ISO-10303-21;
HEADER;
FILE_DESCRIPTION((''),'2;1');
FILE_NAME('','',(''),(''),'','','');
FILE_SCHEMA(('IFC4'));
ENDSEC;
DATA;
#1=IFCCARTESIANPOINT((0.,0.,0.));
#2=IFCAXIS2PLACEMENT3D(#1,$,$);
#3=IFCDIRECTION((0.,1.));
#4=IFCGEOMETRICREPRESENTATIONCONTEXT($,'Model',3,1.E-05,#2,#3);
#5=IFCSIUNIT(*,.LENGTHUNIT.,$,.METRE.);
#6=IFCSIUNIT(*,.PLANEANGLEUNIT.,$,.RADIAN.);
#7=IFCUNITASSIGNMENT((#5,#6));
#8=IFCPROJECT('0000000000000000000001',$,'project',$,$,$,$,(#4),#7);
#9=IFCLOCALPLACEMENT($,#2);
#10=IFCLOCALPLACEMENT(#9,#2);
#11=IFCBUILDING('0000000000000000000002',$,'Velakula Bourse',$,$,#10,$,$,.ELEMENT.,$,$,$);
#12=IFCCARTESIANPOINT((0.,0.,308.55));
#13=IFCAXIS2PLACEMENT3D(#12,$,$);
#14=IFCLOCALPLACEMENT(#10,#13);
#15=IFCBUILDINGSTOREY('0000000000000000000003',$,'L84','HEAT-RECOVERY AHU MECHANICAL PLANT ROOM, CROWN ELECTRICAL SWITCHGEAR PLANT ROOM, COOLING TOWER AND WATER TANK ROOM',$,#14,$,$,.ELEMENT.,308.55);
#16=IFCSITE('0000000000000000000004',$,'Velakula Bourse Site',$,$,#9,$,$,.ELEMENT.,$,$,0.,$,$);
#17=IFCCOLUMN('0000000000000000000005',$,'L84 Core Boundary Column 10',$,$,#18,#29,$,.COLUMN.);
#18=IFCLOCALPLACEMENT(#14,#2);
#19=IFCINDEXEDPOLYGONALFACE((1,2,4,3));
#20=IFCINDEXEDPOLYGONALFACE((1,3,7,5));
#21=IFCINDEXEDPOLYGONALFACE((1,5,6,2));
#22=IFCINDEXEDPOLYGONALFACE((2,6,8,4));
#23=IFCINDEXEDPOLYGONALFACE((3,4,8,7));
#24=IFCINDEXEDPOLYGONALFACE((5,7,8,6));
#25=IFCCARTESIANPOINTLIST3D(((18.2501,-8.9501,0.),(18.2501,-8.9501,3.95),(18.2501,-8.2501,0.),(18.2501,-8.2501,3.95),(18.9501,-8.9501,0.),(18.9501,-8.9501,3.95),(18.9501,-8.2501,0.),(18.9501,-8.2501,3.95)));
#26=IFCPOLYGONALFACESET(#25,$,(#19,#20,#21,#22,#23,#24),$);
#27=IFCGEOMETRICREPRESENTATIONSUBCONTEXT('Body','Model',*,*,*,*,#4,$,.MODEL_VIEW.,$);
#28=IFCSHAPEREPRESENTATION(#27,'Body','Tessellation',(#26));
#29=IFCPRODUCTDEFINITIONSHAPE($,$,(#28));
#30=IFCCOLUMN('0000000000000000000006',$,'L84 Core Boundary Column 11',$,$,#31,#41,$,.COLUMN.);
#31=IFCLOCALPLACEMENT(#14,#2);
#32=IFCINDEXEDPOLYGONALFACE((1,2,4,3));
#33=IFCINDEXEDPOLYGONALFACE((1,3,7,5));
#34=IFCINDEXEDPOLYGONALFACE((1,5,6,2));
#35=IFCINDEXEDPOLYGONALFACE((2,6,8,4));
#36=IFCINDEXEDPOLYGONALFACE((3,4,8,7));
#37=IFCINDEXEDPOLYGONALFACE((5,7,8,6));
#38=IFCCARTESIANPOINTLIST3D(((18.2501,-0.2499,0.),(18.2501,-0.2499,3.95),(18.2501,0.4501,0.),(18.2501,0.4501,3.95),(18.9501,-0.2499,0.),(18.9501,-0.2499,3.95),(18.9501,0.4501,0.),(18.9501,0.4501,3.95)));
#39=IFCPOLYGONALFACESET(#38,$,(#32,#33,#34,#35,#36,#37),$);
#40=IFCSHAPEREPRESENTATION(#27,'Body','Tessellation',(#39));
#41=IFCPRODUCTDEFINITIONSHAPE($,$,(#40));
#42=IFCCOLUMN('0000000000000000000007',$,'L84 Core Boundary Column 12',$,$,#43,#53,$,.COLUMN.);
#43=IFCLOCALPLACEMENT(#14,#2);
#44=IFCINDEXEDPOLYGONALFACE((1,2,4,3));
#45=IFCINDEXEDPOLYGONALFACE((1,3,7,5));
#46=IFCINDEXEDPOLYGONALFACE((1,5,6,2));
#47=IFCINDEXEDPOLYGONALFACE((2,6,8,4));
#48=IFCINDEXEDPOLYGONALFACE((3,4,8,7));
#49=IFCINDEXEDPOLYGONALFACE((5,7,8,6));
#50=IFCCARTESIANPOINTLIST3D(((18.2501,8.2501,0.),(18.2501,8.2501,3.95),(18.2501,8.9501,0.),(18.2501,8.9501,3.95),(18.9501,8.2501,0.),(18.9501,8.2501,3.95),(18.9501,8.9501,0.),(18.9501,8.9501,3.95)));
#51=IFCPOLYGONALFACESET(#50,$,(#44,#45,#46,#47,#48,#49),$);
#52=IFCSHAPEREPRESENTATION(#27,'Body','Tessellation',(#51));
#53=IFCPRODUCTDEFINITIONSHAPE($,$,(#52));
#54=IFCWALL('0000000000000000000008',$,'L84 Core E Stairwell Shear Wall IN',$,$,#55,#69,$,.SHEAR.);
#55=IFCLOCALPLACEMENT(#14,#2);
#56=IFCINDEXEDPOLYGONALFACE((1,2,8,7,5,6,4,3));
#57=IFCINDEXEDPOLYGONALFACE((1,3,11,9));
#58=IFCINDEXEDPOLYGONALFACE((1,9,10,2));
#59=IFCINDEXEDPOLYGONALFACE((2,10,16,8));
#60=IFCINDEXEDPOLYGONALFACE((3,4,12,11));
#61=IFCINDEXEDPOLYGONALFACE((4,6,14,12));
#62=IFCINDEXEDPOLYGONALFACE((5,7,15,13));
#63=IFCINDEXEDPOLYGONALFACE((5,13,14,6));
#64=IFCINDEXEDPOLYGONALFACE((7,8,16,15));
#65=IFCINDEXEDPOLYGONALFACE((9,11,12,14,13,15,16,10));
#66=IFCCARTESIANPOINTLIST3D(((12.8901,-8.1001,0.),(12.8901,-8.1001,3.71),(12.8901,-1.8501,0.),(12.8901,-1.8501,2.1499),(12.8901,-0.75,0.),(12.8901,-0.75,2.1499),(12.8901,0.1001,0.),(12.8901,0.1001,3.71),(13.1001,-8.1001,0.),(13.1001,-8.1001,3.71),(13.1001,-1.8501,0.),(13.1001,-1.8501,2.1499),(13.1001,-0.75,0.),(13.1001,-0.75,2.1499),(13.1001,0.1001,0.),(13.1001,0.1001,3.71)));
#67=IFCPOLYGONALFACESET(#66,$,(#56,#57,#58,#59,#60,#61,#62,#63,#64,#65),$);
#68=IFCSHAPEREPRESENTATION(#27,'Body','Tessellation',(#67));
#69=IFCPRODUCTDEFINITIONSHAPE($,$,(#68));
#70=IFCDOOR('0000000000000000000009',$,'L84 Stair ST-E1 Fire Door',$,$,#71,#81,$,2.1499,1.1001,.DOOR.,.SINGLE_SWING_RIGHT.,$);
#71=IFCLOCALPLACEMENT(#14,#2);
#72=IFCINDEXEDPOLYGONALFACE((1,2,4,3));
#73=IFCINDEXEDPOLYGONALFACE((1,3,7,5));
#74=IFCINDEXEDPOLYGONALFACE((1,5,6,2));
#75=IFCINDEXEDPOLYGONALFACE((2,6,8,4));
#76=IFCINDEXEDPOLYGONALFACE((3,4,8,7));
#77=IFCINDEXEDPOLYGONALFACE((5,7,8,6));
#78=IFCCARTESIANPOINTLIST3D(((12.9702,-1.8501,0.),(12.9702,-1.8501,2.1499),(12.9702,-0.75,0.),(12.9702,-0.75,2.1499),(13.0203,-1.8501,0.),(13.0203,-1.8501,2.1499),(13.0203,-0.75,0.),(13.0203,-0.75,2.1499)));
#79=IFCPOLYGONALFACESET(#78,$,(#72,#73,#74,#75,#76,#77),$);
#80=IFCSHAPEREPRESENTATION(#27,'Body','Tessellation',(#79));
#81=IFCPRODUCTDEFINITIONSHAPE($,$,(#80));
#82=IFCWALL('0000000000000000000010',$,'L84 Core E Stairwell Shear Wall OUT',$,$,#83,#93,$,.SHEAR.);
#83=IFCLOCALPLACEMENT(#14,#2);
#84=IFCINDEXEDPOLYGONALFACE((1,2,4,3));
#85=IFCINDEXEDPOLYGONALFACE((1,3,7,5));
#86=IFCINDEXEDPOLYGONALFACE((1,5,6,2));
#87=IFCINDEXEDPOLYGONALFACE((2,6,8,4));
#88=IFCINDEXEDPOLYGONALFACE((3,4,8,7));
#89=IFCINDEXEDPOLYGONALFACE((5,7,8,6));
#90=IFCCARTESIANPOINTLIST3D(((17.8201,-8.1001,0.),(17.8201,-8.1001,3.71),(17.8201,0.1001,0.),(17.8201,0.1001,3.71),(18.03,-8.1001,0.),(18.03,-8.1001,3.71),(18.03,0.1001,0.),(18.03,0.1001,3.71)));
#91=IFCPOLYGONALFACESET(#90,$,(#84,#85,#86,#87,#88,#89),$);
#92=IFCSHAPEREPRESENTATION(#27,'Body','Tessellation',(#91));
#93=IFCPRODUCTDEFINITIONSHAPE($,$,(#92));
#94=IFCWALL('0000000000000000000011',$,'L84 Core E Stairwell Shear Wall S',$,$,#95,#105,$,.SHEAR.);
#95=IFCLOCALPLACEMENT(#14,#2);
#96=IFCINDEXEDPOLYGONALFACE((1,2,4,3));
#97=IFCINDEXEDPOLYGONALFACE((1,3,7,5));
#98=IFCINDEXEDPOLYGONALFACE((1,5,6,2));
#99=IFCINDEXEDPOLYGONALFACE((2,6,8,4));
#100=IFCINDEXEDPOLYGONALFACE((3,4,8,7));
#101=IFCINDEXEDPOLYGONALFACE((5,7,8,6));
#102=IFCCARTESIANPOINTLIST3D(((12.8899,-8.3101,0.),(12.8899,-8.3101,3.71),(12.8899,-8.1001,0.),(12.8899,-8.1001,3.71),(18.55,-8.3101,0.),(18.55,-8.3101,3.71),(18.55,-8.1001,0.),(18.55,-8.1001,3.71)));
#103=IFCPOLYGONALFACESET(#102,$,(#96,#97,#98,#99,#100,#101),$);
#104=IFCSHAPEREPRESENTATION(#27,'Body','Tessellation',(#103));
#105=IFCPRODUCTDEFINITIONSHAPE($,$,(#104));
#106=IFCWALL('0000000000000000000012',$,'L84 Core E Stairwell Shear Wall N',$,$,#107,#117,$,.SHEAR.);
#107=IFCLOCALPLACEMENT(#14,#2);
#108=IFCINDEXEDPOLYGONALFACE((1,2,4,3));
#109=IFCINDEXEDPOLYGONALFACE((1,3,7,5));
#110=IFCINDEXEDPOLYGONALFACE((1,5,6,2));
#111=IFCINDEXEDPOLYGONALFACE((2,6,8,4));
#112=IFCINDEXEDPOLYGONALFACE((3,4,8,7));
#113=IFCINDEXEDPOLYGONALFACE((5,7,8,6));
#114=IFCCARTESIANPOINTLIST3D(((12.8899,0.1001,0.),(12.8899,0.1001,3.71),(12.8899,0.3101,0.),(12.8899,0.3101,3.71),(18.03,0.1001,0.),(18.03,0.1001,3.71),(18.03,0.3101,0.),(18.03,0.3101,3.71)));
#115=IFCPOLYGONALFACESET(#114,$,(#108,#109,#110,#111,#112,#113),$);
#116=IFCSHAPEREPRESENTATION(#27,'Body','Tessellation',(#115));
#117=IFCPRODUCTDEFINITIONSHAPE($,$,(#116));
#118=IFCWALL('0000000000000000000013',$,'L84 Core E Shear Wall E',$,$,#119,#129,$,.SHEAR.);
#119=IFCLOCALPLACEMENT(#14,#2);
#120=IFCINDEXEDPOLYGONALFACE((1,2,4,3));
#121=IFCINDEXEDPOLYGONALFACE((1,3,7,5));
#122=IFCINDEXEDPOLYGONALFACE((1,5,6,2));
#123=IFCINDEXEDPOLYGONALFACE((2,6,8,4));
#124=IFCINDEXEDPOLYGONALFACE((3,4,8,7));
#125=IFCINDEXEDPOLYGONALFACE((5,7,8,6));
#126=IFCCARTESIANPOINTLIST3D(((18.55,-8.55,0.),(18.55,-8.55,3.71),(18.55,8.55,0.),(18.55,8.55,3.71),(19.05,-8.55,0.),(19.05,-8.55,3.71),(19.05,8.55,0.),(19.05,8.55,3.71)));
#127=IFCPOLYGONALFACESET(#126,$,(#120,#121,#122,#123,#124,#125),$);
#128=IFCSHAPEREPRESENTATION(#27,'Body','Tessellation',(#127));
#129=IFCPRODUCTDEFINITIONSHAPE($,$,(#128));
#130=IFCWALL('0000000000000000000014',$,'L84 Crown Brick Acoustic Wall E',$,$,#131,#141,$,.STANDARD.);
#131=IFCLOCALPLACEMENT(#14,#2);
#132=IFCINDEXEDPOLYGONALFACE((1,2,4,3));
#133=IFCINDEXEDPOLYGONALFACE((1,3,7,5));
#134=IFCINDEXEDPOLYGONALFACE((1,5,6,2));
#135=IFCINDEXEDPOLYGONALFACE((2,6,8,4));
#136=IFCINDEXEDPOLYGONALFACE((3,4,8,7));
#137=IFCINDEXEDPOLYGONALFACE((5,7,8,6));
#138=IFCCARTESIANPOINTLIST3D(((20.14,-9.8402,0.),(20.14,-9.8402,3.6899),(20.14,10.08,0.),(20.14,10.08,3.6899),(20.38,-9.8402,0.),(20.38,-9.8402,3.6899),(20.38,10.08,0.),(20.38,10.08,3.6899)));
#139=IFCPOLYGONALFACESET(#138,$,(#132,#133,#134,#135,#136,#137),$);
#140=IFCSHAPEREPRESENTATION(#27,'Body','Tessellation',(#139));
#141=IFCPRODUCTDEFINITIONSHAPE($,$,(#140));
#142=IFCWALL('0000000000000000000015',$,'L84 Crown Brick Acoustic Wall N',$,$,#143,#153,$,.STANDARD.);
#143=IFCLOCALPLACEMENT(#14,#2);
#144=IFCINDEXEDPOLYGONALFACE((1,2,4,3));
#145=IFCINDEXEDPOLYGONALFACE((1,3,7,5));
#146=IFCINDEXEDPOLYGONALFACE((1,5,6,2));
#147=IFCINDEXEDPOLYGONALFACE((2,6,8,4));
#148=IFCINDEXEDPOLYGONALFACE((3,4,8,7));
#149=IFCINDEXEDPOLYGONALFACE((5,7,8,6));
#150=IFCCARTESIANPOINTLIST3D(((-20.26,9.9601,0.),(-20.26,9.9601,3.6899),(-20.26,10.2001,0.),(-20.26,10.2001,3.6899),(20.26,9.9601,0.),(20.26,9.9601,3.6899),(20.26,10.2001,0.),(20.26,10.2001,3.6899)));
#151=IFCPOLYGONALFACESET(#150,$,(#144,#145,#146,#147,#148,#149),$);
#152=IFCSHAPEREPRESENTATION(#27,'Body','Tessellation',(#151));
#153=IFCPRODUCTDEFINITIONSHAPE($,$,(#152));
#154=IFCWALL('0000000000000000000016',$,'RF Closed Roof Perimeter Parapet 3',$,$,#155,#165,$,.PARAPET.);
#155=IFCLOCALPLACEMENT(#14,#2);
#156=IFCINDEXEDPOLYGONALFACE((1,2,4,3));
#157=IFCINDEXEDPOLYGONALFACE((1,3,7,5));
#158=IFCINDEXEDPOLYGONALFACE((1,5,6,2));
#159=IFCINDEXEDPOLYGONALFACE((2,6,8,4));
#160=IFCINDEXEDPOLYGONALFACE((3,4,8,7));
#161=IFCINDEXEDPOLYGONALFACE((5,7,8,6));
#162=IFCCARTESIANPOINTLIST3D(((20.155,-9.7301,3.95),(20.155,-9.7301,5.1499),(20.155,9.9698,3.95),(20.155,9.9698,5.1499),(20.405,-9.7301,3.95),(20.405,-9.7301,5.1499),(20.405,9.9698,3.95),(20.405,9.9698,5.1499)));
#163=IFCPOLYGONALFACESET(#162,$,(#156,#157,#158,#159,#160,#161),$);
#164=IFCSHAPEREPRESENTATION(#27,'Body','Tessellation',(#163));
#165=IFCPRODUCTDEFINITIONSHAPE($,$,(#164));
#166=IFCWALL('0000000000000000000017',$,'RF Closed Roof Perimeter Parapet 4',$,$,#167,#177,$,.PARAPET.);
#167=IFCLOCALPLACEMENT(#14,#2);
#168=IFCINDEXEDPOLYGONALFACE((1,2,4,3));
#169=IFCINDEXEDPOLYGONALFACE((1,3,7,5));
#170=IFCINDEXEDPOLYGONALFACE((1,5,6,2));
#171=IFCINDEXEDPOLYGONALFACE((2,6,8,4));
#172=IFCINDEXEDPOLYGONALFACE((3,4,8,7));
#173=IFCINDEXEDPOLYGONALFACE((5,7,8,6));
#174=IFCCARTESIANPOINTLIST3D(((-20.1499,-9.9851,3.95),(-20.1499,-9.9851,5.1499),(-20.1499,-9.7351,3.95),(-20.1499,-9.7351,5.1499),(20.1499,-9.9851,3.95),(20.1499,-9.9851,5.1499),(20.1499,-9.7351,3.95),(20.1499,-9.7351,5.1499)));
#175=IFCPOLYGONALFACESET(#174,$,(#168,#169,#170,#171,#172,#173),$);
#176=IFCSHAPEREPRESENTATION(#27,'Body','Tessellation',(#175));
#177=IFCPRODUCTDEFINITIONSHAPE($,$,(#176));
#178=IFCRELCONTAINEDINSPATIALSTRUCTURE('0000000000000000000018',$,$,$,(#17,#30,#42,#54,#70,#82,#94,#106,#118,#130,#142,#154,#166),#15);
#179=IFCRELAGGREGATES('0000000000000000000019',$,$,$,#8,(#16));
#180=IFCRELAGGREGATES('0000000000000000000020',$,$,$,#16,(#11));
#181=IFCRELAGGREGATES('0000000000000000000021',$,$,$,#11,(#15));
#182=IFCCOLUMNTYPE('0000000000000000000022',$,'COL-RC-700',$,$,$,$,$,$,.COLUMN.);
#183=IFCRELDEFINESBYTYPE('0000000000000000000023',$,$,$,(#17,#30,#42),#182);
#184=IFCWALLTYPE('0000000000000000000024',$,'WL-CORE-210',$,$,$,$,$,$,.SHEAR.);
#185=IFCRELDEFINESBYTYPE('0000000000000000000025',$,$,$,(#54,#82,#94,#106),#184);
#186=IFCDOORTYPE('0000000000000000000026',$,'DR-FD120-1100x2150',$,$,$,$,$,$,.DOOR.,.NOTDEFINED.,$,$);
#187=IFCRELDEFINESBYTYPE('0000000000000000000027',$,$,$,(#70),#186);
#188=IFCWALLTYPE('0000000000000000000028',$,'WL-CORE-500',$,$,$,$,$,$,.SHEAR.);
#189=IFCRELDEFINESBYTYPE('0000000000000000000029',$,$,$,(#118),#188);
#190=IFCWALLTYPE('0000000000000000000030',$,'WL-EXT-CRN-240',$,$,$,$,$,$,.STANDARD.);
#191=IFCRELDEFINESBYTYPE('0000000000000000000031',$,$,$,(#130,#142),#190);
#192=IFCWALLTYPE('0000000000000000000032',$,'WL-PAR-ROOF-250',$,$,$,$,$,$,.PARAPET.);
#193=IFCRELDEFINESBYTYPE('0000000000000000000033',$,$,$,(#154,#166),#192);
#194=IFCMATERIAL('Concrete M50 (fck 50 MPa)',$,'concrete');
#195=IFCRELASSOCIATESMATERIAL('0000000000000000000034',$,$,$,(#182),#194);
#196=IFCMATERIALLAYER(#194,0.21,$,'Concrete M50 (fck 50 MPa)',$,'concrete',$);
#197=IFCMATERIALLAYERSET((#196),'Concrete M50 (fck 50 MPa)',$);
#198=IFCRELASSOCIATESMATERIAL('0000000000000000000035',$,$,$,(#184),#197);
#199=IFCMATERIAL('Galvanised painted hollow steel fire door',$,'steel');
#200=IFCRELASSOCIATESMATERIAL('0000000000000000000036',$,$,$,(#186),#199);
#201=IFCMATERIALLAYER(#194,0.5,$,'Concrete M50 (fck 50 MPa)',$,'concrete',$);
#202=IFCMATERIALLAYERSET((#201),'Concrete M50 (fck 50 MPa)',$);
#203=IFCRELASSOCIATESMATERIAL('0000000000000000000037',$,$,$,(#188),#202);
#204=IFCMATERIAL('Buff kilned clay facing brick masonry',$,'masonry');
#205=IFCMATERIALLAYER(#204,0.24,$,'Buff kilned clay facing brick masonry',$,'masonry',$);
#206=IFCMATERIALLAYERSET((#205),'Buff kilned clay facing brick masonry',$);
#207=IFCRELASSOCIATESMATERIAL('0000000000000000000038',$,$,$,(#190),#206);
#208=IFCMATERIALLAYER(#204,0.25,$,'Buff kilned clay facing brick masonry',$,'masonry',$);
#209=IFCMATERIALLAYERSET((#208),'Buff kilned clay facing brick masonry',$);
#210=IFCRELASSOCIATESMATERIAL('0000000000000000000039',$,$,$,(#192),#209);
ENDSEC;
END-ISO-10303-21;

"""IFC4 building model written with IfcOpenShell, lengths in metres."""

from ifc_helpers import new_model, si_unit, direction, frame, frame_2d, origin, origin_2d, place, context, subcontext, project, spatial, rectangle, extrude, material, layer, layer_set, material_profile, profile_set, type_object, element, fill, save


model = new_model("IFC4")

# Units and contexts
model_context = context("Model", 3, precision=1e-05, world=origin(), true_north=direction((0.0, 1.0)))
body_context = subcontext(model_context, "Body", "Model", "MODEL_VIEW")
ifc_project = project(units=[si_unit("LENGTHUNIT", "METRE"), si_unit("PLANEANGLEUNIT", "RADIAN")], contexts=[model_context])

# Site, building, storey
site_placement = place(None, origin())
site = spatial("IfcSite", under=ifc_project, at=site_placement, Name="Velakula Bourse Site", CompositionType="ELEMENT", RefElevation=0.0)
building_placement = place(site_placement, origin())
building = spatial("IfcBuilding", under=site, at=building_placement, Name="Velakula Bourse", CompositionType="ELEMENT")
storey_placement = place(building_placement, frame((0.0, 0.0, 308.55)))
storey = spatial("IfcBuildingStorey", under=building, at=storey_placement, Name="L84", Description="HEAT-RECOVERY AHU MECHANICAL PLANT ROOM, CROWN ELECTRICAL SWITCHGEAR PLANT ROOM, COOLING TOWER AND WATER TANK ROOM", CompositionType="ELEMENT", Elevation=308.55)

# Columns
ifc_material_1 = material(Name="Concrete M50 (fck 50 MPa)", Category="concrete")
ifc_material_profile = material_profile(ifc_material_1, rectangle(XDim=0.7, YDim=0.7, at=origin_2d()), Name="Concrete M50 (fck 50 MPa)")
ifc_profile_set = profile_set([ifc_material_profile], Name="Concrete M50 (fck 50 MPa)")
column_type = type_object("IfcColumnType", Name="COL-RC-700", PredefinedType="COLUMN", material=ifc_profile_set)
for number, where, z_axis, x_axis, name in (
    (1, (18.6001, -8.6001, 0.0), (0.0, 0.0, 1.0), (1.0, 0.0, 0.0), "L84 Core Boundary Column 10"),
    (2, (18.6001, 0.1001, 0.0), (0.0, 0.0, 1.0), (1.0, 0.0, 0.0), "L84 Core Boundary Column 11"),
    (3, (18.6001, 8.6001, 0.0), (0.0, 0.0, 1.0), (1.0, 0.0, 0.0), "L84 Core Boundary Column 12"),
):
    element("IfcColumn", number, at=place(storey_placement, frame(where, z_axis=z_axis, x_axis=x_axis)), inside=storey, type_object=column_type, Name=name, PredefinedType="COLUMN", context=body_context, shape_type="SweptSolid", body=[
        extrude(rectangle(XDim=0.7, YDim=0.7, at=origin_2d()), origin(), (0.0, 0.0, 1.0), 3.95),
    ])

# Wall, opening, door
ifc_layer_1 = layer(ifc_material_1, 0.21, Name="Concrete M50 (fck 50 MPa)", Category="concrete")
ifc_layer_set_1 = layer_set([ifc_layer_1], Name="Concrete M50 (fck 50 MPa)")
wall_type_1 = type_object("IfcWallType", Name="WL-CORE-210", PredefinedType="SHEAR", material=ifc_layer_set_1)
wall_1_placement = place(storey_placement, frame((12.9951, -8.1001, 0.0), z_axis=(0.0, 0.0, 1.0), x_axis=(0.0, 1.0, 0.0)))
wall_1 = element("IfcWall", 4, at=wall_1_placement, inside=storey, type_object=wall_type_1, Name="L84 Core E Stairwell Shear Wall IN", PredefinedType="SHEAR", context=body_context, shape_type="SweptSolid", body=[
    extrude(rectangle(XDim=8.2002, YDim=0.21, at=frame_2d((4.1001, 0.0))), origin(), (0.0, 0.0, 1.0), 3.71),
])
opening_1_placement = place(wall_1_placement, frame((6.25, 0.0, 0.0)))
opening_1 = element("IfcOpeningElement", 5, at=opening_1_placement, cuts=wall_1, PredefinedType="OPENING", context=body_context, shape_type="SweptSolid", body=[
    extrude(rectangle(XDim=1.1001, YDim=2.1499, at=frame_2d((0.55, 1.075))), frame((0.0, 0.115, 0.0), z_axis=(0.0, -1.0, 0.0), x_axis=(1.0, 0.0, 0.0)), (0.0, 0.0, 1.0), 0.23),
])
ifc_material_2 = material(Name="Galvanised painted hollow steel fire door", Category="steel")
door_type_1 = type_object("IfcDoorType", Name="DR-FD120-1100x2150", OperationType="NOTDEFINED", PredefinedType="DOOR", material=ifc_material_2)
door_1_placement = place(opening_1_placement, origin())
door_1 = element("IfcDoor", 6, at=door_1_placement, inside=storey, type_object=door_type_1, Name="L84 Stair ST-E1 Fire Door", OperationType="SINGLE_SWING_RIGHT", OverallHeight=2.1499, OverallWidth=1.1001, PredefinedType="DOOR", context=body_context, shape_type="SweptSolid", body=[
    extrude(rectangle(XDim=1.1001, YDim=2.1499, at=frame_2d((0.55, 1.075))), frame((0.0, 0.0249, 0.0), z_axis=(0.0, -1.0, 0.0), x_axis=(1.0, 0.0, 0.0)), (0.0, 0.0, 1.0), 0.05),
])
fill(opening_1, door_1)

# Walls
wall_2_placement = place(storey_placement, frame((17.925, -8.1001, 0.0), z_axis=(0.0, 0.0, 1.0), x_axis=(0.0, 1.0, 0.0)))
element("IfcWall", 7, at=wall_2_placement, inside=storey, type_object=wall_type_1, Name="L84 Core E Stairwell Shear Wall OUT", PredefinedType="SHEAR", context=body_context, shape_type="SweptSolid", body=[
    extrude(rectangle(XDim=8.2002, YDim=0.21, at=frame_2d((4.1001, 0.0))), origin(), (0.0, 0.0, 1.0), 3.71),
])
wall_3_placement = place(storey_placement, frame((12.8899, -8.2051, 0.0), z_axis=(0.0, 0.0, 1.0), x_axis=(1.0, 0.0, 0.0)))
element("IfcWall", 8, at=wall_3_placement, inside=storey, type_object=wall_type_1, Name="L84 Core E Stairwell Shear Wall S", PredefinedType="SHEAR", context=body_context, shape_type="SweptSolid", body=[
    extrude(rectangle(XDim=5.6602, YDim=0.21, at=frame_2d((2.8301, 0.0))), origin(), (0.0, 0.0, 1.0), 3.71),
])
wall_4_placement = place(storey_placement, frame((18.03, 0.2051, 0.0), z_axis=(0.0, 0.0, 1.0), x_axis=(-1.0, 0.0, 0.0)))
element("IfcWall", 9, at=wall_4_placement, inside=storey, type_object=wall_type_1, Name="L84 Core E Stairwell Shear Wall N", PredefinedType="SHEAR", context=body_context, shape_type="SweptSolid", body=[
    extrude(rectangle(XDim=5.1401, YDim=0.21, at=frame_2d((2.5701, 0.0))), origin(), (0.0, 0.0, 1.0), 3.71),
])
ifc_layer_2 = layer(ifc_material_1, 0.5, Name="Concrete M50 (fck 50 MPa)", Category="concrete")
ifc_layer_set_2 = layer_set([ifc_layer_2], Name="Concrete M50 (fck 50 MPa)")
wall_type_2 = type_object("IfcWallType", Name="WL-CORE-500", PredefinedType="SHEAR", material=ifc_layer_set_2)
wall_5_placement = place(storey_placement, frame((18.8, -8.55, 0.0), z_axis=(0.0, 0.0, 1.0), x_axis=(0.0, 1.0, 0.0)))
element("IfcWall", 10, at=wall_5_placement, inside=storey, type_object=wall_type_2, Name="L84 Core E Shear Wall E", PredefinedType="SHEAR", context=body_context, shape_type="SweptSolid", body=[
    extrude(rectangle(XDim=17.1001, YDim=0.5, at=frame_2d((8.55, 0.0))), origin(), (0.0, 0.0, 1.0), 3.71),
])
ifc_material_3 = material(Name="Buff kilned clay facing brick masonry", Category="masonry")
ifc_layer_3 = layer(ifc_material_3, 0.24, Name="Buff kilned clay facing brick masonry", Category="masonry")
ifc_layer_set_3 = layer_set([ifc_layer_3], Name="Buff kilned clay facing brick masonry")
wall_type_3 = type_object("IfcWallType", Name="WL-EXT-CRN-240", PredefinedType="STANDARD", material=ifc_layer_set_3)
wall_6_placement = place(storey_placement, frame((20.26, -9.8401, 0.0), z_axis=(0.0, 0.0, 1.0), x_axis=(0.0, 1.0, 0.0)))
element("IfcWall", 11, at=wall_6_placement, inside=storey, type_object=wall_type_3, Name="L84 Crown Brick Acoustic Wall E", PredefinedType="STANDARD", context=body_context, shape_type="SweptSolid", body=[
    extrude(rectangle(XDim=19.9202, YDim=0.24, at=frame_2d((9.96, 0.0))), origin(), (0.0, 0.0, 1.0), 3.6899),
])
wall_7_placement = place(storey_placement, frame((20.26, 10.0801, 0.0), z_axis=(0.0, 0.0, 1.0), x_axis=(-1.0, 0.0, 0.0)))
element("IfcWall", 12, at=wall_7_placement, inside=storey, type_object=wall_type_3, Name="L84 Crown Brick Acoustic Wall N", PredefinedType="STANDARD", context=body_context, shape_type="SweptSolid", body=[
    extrude(rectangle(XDim=40.52, YDim=0.24, at=frame_2d((20.26, 0.0))), origin(), (0.0, 0.0, 1.0), 3.6899),
])
ifc_layer_4 = layer(ifc_material_3, 0.25, Name="Buff kilned clay facing brick masonry", Category="masonry")
ifc_layer_set_4 = layer_set([ifc_layer_4], Name="Buff kilned clay facing brick masonry")
wall_type_4 = type_object("IfcWallType", Name="WL-PAR-ROOF-250", PredefinedType="PARAPET", material=ifc_layer_set_4)
wall_8_placement = place(storey_placement, frame((20.28, 9.97, 3.95), z_axis=(0.0, 0.0, 1.0), x_axis=(0.0, -1.0, 0.0)))
element("IfcWall", 13, at=wall_8_placement, inside=storey, type_object=wall_type_4, Name="RF Closed Roof Perimeter Parapet 3", PredefinedType="PARAPET", context=body_context, shape_type="SweptSolid", body=[
    extrude(rectangle(XDim=19.7, YDim=0.25, at=frame_2d((9.8501, 0.0))), origin(), (0.0, 0.0, 1.0), 1.2),
])
wall_9_placement = place(storey_placement, frame((20.1499, -9.8601, 3.95), z_axis=(0.0, 0.0, 1.0), x_axis=(-1.0, 0.0, 0.0)))
element("IfcWall", 14, at=wall_9_placement, inside=storey, type_object=wall_type_4, Name="RF Closed Roof Perimeter Parapet 4", PredefinedType="PARAPET", context=body_context, shape_type="SweptSolid", body=[
    extrude(rectangle(XDim=40.2998, YDim=0.25, at=frame_2d((20.1499, 0.0))), origin(), (0.0, 0.0, 1.0), 1.2),
])

save(model, "model.ifc")
